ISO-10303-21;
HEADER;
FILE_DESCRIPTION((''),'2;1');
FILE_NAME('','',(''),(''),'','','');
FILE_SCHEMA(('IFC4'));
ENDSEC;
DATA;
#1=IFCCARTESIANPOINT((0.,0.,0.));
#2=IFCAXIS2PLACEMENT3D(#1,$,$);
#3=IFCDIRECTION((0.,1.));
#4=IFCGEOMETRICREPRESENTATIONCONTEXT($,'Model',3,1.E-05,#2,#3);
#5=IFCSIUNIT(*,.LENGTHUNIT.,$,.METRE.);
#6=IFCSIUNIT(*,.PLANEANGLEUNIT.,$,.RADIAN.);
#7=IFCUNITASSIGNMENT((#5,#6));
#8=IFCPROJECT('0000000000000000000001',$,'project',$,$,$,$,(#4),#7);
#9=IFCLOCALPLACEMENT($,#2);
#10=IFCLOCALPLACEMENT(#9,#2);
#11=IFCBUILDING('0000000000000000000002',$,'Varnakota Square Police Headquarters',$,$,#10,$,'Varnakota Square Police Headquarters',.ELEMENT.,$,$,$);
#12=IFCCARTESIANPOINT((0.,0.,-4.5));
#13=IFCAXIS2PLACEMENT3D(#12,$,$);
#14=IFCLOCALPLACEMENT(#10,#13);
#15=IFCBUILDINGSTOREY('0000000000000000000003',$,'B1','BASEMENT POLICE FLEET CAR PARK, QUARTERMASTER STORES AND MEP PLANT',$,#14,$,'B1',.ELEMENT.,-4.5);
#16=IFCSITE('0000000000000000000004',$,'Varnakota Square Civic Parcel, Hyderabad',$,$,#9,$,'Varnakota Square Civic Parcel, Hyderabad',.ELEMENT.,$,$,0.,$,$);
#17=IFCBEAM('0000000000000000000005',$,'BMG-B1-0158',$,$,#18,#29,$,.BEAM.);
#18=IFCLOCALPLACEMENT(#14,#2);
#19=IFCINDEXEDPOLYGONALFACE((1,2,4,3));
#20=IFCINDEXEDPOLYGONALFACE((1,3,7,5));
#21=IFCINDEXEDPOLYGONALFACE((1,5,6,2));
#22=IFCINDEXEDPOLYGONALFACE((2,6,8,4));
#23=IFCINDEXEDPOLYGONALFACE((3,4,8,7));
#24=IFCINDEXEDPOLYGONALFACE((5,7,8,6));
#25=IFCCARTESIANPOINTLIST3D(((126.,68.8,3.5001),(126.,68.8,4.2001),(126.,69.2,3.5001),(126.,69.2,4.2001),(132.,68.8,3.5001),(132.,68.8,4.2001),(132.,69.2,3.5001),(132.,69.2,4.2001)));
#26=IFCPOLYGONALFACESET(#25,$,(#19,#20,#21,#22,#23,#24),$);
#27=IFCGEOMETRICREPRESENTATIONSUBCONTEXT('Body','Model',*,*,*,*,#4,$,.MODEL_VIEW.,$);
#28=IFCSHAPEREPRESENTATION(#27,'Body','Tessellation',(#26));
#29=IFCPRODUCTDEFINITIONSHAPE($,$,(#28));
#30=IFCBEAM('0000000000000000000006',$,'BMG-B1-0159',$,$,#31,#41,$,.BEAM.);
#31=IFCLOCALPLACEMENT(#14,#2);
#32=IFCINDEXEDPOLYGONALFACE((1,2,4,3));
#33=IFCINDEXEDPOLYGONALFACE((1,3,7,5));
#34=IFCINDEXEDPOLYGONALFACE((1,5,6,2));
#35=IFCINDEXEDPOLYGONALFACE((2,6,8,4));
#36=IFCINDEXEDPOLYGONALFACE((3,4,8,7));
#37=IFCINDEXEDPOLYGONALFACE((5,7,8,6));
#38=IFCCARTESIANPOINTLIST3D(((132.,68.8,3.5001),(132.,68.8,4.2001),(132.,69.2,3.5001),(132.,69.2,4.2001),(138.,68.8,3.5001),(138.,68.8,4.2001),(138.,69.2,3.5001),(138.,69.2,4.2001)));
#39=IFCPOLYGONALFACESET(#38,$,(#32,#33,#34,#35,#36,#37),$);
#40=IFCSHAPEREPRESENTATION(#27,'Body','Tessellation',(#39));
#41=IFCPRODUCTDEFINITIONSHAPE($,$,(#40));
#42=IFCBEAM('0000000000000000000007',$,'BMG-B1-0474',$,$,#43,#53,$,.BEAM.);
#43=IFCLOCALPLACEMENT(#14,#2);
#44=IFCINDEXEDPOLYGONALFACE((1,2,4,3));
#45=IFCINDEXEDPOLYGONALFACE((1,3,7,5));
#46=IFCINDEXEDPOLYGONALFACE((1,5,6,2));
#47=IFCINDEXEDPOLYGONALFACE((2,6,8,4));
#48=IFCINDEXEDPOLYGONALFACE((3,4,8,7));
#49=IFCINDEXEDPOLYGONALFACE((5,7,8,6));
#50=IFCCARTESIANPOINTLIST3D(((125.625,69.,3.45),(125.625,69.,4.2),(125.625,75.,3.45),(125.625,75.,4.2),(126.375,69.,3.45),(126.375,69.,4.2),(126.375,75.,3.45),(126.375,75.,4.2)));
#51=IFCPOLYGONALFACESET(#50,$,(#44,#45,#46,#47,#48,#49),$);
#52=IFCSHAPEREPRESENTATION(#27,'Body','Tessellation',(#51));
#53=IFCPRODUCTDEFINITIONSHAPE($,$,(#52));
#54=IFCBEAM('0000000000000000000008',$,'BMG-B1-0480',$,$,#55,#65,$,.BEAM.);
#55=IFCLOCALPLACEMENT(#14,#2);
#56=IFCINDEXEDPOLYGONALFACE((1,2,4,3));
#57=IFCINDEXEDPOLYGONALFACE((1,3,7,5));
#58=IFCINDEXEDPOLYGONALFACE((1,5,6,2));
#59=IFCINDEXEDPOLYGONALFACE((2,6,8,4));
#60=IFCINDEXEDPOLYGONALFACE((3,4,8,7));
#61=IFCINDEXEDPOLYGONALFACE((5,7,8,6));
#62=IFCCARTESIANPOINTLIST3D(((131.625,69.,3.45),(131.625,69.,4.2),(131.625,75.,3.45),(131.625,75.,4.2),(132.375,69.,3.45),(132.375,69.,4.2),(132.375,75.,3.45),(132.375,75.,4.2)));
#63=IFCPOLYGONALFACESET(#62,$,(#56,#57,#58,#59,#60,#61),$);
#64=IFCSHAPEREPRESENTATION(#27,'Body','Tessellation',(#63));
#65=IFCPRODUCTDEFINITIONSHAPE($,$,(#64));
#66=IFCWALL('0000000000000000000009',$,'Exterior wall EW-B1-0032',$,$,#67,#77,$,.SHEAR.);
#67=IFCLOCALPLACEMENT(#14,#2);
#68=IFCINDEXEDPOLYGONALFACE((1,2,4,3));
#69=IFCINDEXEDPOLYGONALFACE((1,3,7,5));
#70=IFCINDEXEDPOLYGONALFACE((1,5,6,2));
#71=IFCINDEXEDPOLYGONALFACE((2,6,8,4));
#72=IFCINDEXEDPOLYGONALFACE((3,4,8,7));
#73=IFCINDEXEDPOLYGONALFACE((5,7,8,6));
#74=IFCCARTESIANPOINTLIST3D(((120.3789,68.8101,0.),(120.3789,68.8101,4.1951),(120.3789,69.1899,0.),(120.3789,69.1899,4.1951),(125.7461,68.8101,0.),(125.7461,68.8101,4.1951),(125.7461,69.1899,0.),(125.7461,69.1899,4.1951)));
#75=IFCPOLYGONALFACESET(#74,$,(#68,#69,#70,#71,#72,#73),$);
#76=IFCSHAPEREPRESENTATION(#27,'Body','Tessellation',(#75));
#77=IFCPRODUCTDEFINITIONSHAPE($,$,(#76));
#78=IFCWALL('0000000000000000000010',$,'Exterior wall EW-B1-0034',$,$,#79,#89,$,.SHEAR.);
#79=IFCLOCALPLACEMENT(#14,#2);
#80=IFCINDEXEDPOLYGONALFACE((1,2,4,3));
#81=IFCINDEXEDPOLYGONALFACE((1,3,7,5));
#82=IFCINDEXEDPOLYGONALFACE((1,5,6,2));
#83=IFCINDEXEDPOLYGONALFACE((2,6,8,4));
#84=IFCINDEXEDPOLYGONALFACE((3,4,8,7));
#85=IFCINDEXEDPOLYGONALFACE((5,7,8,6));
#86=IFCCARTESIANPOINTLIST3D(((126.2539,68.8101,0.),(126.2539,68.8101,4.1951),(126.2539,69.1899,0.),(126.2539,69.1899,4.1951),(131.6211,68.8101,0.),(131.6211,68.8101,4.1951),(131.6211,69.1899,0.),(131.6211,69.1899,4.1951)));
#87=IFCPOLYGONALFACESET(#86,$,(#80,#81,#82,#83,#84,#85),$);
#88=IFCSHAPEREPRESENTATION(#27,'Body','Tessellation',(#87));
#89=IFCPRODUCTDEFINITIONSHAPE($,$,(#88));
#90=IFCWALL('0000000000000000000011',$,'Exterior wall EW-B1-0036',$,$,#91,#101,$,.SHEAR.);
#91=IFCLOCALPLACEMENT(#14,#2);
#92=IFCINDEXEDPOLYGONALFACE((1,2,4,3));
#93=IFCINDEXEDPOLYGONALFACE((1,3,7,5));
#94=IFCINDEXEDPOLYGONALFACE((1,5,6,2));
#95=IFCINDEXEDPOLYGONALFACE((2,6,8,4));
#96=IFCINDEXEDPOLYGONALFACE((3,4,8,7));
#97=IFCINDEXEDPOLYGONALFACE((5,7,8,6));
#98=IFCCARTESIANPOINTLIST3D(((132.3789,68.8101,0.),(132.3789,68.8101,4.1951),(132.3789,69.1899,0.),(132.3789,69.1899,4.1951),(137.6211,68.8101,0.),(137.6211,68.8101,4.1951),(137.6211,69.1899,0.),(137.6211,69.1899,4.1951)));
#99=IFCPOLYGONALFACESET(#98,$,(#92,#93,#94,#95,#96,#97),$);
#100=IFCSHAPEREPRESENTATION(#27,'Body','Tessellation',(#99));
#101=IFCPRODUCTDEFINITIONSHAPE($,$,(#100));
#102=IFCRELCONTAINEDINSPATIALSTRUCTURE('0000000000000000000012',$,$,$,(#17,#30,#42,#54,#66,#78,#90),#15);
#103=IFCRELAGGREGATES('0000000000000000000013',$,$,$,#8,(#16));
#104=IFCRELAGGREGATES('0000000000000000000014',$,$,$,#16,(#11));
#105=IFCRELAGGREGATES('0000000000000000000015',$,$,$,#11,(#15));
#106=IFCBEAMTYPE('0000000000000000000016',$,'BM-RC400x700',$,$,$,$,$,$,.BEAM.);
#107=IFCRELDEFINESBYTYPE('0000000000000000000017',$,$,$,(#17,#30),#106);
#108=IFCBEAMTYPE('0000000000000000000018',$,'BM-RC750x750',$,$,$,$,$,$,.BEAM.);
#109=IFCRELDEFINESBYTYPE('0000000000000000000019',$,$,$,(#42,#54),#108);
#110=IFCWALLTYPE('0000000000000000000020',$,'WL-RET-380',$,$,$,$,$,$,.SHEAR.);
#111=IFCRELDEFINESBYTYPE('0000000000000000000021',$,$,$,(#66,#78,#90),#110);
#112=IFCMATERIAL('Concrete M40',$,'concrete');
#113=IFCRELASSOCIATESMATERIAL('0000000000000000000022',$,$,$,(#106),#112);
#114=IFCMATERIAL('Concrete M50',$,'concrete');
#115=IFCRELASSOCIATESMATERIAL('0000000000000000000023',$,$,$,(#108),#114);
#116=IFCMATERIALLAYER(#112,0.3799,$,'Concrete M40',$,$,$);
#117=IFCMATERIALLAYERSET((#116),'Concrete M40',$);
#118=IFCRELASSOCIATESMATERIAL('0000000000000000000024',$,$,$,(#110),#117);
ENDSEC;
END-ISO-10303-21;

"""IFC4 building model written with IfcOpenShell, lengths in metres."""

from ifc_helpers import new_model, si_unit, direction, frame, frame_2d, origin, origin_2d, place, context, subcontext, project, spatial, rectangle, extrude, material, layer, layer_set, material_profile, profile_set, type_object, element, save


model = new_model("IFC4")

# Units and contexts
model_context = context("Model", 3, precision=1e-05, world=origin(), true_north=direction((0.0, 1.0)))
body_context = subcontext(model_context, "Body", "Model", "MODEL_VIEW")
ifc_project = project(units=[si_unit("LENGTHUNIT", "METRE"), si_unit("PLANEANGLEUNIT", "RADIAN")], contexts=[model_context])

# Site, building, storey
site_placement = place(None, origin())
site = spatial("IfcSite", under=ifc_project, at=site_placement, Name="Varnakota Square Civic Parcel, Hyderabad", LongName="Varnakota Square Civic Parcel, Hyderabad", CompositionType="ELEMENT", RefElevation=0.0)
building_placement = place(site_placement, origin())
building = spatial("IfcBuilding", under=site, at=building_placement, Name="Varnakota Square Police Headquarters", LongName="Varnakota Square Police Headquarters", CompositionType="ELEMENT")
storey_placement = place(building_placement, frame((0.0, 0.0, -4.5)))
storey = spatial("IfcBuildingStorey", under=building, at=storey_placement, Name="B1", Description="BASEMENT POLICE FLEET CAR PARK, QUARTERMASTER STORES AND MEP PLANT", LongName="B1", CompositionType="ELEMENT", Elevation=-4.5)

# Shared definitions
ifc_material_1 = material(Name="Concrete M40", Category="concrete")

# Shared definitions
ifc_material_2 = material(Name="Concrete M50", Category="concrete")

# Beams
ifc_material_profile_1 = material_profile(ifc_material_1, rectangle(XDim=0.3999, YDim=0.7, at=origin_2d()), Name="RC 400x700")
ifc_profile_set_1 = profile_set([ifc_material_profile_1], Name="Concrete M40")
beam_type_1 = type_object("IfcBeamType", Name="BM-RC400x700", PredefinedType="BEAM", material=ifc_profile_set_1)
for number, where, z_axis, x_axis, name in (
    (1, (126.0, 69.0, 3.8501), (1.0, 0.0, 0.0), (0.0, 1.0, 0.0), "BMG-B1-0158"),
    (2, (132.0, 69.0, 3.8501), (1.0, 0.0, 0.0), (0.0, 1.0, 0.0), "BMG-B1-0159"),
):
    element("IfcBeam", number, at=place(storey_placement, frame(where, z_axis=z_axis, x_axis=x_axis)), inside=storey, type_object=beam_type_1, Name=name, PredefinedType="BEAM", context=body_context, shape_type="SweptSolid", body=[
        extrude(rectangle(XDim=0.3999, YDim=0.7, at=origin_2d()), origin(), (0.0, 0.0, 1.0), 6.0),
    ])
ifc_material_profile_2 = material_profile(ifc_material_2, rectangle(XDim=0.75, YDim=0.75, at=origin_2d()), Name="RC 750x750")
ifc_profile_set_2 = profile_set([ifc_material_profile_2], Name="Concrete M50")
beam_type_2 = type_object("IfcBeamType", Name="BM-RC750x750", PredefinedType="BEAM", material=ifc_profile_set_2)
for number, where, z_axis, x_axis, name in (
    (3, (126.0, 69.0, 3.825), (0.0, 1.0, 0.0), (-1.0, 0.0, 0.0), "BMG-B1-0474"),
    (4, (132.0, 69.0, 3.825), (0.0, 1.0, 0.0), (-1.0, 0.0, 0.0), "BMG-B1-0480"),
):
    element("IfcBeam", number, at=place(storey_placement, frame(where, z_axis=z_axis, x_axis=x_axis)), inside=storey, type_object=beam_type_2, Name=name, PredefinedType="BEAM", context=body_context, shape_type="SweptSolid", body=[
        extrude(rectangle(XDim=0.75, YDim=0.75, at=origin_2d()), origin(), (0.0, 0.0, 1.0), 6.0),
    ])

# Walls
ifc_layer = layer(ifc_material_1, 0.3799, Name="Concrete M40")
ifc_layer_set = layer_set([ifc_layer], Name="Concrete M40")
wall_type = type_object("IfcWallType", Name="WL-RET-380", PredefinedType="SHEAR", material=ifc_layer_set)
for number, where, z_axis, x_axis, name in (
    (5, (120.3789, 69.0, 0.0), (0.0, 0.0, 1.0), (1.0, 0.0, 0.0), "Exterior wall EW-B1-0032"),
    (6, (126.2539, 69.0, 0.0), (0.0, 0.0, 1.0), (1.0, 0.0, 0.0), "Exterior wall EW-B1-0034"),
):
    element("IfcWall", number, at=place(storey_placement, frame(where, z_axis=z_axis, x_axis=x_axis)), inside=storey, type_object=wall_type, Name=name, PredefinedType="SHEAR", context=body_context, shape_type="SweptSolid", body=[
        extrude(rectangle(XDim=5.3672, YDim=0.3799, at=frame_2d((2.6836, 0.0))), origin(), (0.0, 0.0, 1.0), 4.1951),
    ])
wall_placement = place(storey_placement, frame((132.3789, 69.0, 0.0), z_axis=(0.0, 0.0, 1.0), x_axis=(1.0, 0.0, 0.0)))
element("IfcWall", 7, at=wall_placement, inside=storey, type_object=wall_type, Name="Exterior wall EW-B1-0036", PredefinedType="SHEAR", context=body_context, shape_type="SweptSolid", body=[
    extrude(rectangle(XDim=5.2422, YDim=0.3799, at=frame_2d((2.6211, 0.0))), origin(), (0.0, 0.0, 1.0), 4.1951),
])

save(model, "model.ifc")
